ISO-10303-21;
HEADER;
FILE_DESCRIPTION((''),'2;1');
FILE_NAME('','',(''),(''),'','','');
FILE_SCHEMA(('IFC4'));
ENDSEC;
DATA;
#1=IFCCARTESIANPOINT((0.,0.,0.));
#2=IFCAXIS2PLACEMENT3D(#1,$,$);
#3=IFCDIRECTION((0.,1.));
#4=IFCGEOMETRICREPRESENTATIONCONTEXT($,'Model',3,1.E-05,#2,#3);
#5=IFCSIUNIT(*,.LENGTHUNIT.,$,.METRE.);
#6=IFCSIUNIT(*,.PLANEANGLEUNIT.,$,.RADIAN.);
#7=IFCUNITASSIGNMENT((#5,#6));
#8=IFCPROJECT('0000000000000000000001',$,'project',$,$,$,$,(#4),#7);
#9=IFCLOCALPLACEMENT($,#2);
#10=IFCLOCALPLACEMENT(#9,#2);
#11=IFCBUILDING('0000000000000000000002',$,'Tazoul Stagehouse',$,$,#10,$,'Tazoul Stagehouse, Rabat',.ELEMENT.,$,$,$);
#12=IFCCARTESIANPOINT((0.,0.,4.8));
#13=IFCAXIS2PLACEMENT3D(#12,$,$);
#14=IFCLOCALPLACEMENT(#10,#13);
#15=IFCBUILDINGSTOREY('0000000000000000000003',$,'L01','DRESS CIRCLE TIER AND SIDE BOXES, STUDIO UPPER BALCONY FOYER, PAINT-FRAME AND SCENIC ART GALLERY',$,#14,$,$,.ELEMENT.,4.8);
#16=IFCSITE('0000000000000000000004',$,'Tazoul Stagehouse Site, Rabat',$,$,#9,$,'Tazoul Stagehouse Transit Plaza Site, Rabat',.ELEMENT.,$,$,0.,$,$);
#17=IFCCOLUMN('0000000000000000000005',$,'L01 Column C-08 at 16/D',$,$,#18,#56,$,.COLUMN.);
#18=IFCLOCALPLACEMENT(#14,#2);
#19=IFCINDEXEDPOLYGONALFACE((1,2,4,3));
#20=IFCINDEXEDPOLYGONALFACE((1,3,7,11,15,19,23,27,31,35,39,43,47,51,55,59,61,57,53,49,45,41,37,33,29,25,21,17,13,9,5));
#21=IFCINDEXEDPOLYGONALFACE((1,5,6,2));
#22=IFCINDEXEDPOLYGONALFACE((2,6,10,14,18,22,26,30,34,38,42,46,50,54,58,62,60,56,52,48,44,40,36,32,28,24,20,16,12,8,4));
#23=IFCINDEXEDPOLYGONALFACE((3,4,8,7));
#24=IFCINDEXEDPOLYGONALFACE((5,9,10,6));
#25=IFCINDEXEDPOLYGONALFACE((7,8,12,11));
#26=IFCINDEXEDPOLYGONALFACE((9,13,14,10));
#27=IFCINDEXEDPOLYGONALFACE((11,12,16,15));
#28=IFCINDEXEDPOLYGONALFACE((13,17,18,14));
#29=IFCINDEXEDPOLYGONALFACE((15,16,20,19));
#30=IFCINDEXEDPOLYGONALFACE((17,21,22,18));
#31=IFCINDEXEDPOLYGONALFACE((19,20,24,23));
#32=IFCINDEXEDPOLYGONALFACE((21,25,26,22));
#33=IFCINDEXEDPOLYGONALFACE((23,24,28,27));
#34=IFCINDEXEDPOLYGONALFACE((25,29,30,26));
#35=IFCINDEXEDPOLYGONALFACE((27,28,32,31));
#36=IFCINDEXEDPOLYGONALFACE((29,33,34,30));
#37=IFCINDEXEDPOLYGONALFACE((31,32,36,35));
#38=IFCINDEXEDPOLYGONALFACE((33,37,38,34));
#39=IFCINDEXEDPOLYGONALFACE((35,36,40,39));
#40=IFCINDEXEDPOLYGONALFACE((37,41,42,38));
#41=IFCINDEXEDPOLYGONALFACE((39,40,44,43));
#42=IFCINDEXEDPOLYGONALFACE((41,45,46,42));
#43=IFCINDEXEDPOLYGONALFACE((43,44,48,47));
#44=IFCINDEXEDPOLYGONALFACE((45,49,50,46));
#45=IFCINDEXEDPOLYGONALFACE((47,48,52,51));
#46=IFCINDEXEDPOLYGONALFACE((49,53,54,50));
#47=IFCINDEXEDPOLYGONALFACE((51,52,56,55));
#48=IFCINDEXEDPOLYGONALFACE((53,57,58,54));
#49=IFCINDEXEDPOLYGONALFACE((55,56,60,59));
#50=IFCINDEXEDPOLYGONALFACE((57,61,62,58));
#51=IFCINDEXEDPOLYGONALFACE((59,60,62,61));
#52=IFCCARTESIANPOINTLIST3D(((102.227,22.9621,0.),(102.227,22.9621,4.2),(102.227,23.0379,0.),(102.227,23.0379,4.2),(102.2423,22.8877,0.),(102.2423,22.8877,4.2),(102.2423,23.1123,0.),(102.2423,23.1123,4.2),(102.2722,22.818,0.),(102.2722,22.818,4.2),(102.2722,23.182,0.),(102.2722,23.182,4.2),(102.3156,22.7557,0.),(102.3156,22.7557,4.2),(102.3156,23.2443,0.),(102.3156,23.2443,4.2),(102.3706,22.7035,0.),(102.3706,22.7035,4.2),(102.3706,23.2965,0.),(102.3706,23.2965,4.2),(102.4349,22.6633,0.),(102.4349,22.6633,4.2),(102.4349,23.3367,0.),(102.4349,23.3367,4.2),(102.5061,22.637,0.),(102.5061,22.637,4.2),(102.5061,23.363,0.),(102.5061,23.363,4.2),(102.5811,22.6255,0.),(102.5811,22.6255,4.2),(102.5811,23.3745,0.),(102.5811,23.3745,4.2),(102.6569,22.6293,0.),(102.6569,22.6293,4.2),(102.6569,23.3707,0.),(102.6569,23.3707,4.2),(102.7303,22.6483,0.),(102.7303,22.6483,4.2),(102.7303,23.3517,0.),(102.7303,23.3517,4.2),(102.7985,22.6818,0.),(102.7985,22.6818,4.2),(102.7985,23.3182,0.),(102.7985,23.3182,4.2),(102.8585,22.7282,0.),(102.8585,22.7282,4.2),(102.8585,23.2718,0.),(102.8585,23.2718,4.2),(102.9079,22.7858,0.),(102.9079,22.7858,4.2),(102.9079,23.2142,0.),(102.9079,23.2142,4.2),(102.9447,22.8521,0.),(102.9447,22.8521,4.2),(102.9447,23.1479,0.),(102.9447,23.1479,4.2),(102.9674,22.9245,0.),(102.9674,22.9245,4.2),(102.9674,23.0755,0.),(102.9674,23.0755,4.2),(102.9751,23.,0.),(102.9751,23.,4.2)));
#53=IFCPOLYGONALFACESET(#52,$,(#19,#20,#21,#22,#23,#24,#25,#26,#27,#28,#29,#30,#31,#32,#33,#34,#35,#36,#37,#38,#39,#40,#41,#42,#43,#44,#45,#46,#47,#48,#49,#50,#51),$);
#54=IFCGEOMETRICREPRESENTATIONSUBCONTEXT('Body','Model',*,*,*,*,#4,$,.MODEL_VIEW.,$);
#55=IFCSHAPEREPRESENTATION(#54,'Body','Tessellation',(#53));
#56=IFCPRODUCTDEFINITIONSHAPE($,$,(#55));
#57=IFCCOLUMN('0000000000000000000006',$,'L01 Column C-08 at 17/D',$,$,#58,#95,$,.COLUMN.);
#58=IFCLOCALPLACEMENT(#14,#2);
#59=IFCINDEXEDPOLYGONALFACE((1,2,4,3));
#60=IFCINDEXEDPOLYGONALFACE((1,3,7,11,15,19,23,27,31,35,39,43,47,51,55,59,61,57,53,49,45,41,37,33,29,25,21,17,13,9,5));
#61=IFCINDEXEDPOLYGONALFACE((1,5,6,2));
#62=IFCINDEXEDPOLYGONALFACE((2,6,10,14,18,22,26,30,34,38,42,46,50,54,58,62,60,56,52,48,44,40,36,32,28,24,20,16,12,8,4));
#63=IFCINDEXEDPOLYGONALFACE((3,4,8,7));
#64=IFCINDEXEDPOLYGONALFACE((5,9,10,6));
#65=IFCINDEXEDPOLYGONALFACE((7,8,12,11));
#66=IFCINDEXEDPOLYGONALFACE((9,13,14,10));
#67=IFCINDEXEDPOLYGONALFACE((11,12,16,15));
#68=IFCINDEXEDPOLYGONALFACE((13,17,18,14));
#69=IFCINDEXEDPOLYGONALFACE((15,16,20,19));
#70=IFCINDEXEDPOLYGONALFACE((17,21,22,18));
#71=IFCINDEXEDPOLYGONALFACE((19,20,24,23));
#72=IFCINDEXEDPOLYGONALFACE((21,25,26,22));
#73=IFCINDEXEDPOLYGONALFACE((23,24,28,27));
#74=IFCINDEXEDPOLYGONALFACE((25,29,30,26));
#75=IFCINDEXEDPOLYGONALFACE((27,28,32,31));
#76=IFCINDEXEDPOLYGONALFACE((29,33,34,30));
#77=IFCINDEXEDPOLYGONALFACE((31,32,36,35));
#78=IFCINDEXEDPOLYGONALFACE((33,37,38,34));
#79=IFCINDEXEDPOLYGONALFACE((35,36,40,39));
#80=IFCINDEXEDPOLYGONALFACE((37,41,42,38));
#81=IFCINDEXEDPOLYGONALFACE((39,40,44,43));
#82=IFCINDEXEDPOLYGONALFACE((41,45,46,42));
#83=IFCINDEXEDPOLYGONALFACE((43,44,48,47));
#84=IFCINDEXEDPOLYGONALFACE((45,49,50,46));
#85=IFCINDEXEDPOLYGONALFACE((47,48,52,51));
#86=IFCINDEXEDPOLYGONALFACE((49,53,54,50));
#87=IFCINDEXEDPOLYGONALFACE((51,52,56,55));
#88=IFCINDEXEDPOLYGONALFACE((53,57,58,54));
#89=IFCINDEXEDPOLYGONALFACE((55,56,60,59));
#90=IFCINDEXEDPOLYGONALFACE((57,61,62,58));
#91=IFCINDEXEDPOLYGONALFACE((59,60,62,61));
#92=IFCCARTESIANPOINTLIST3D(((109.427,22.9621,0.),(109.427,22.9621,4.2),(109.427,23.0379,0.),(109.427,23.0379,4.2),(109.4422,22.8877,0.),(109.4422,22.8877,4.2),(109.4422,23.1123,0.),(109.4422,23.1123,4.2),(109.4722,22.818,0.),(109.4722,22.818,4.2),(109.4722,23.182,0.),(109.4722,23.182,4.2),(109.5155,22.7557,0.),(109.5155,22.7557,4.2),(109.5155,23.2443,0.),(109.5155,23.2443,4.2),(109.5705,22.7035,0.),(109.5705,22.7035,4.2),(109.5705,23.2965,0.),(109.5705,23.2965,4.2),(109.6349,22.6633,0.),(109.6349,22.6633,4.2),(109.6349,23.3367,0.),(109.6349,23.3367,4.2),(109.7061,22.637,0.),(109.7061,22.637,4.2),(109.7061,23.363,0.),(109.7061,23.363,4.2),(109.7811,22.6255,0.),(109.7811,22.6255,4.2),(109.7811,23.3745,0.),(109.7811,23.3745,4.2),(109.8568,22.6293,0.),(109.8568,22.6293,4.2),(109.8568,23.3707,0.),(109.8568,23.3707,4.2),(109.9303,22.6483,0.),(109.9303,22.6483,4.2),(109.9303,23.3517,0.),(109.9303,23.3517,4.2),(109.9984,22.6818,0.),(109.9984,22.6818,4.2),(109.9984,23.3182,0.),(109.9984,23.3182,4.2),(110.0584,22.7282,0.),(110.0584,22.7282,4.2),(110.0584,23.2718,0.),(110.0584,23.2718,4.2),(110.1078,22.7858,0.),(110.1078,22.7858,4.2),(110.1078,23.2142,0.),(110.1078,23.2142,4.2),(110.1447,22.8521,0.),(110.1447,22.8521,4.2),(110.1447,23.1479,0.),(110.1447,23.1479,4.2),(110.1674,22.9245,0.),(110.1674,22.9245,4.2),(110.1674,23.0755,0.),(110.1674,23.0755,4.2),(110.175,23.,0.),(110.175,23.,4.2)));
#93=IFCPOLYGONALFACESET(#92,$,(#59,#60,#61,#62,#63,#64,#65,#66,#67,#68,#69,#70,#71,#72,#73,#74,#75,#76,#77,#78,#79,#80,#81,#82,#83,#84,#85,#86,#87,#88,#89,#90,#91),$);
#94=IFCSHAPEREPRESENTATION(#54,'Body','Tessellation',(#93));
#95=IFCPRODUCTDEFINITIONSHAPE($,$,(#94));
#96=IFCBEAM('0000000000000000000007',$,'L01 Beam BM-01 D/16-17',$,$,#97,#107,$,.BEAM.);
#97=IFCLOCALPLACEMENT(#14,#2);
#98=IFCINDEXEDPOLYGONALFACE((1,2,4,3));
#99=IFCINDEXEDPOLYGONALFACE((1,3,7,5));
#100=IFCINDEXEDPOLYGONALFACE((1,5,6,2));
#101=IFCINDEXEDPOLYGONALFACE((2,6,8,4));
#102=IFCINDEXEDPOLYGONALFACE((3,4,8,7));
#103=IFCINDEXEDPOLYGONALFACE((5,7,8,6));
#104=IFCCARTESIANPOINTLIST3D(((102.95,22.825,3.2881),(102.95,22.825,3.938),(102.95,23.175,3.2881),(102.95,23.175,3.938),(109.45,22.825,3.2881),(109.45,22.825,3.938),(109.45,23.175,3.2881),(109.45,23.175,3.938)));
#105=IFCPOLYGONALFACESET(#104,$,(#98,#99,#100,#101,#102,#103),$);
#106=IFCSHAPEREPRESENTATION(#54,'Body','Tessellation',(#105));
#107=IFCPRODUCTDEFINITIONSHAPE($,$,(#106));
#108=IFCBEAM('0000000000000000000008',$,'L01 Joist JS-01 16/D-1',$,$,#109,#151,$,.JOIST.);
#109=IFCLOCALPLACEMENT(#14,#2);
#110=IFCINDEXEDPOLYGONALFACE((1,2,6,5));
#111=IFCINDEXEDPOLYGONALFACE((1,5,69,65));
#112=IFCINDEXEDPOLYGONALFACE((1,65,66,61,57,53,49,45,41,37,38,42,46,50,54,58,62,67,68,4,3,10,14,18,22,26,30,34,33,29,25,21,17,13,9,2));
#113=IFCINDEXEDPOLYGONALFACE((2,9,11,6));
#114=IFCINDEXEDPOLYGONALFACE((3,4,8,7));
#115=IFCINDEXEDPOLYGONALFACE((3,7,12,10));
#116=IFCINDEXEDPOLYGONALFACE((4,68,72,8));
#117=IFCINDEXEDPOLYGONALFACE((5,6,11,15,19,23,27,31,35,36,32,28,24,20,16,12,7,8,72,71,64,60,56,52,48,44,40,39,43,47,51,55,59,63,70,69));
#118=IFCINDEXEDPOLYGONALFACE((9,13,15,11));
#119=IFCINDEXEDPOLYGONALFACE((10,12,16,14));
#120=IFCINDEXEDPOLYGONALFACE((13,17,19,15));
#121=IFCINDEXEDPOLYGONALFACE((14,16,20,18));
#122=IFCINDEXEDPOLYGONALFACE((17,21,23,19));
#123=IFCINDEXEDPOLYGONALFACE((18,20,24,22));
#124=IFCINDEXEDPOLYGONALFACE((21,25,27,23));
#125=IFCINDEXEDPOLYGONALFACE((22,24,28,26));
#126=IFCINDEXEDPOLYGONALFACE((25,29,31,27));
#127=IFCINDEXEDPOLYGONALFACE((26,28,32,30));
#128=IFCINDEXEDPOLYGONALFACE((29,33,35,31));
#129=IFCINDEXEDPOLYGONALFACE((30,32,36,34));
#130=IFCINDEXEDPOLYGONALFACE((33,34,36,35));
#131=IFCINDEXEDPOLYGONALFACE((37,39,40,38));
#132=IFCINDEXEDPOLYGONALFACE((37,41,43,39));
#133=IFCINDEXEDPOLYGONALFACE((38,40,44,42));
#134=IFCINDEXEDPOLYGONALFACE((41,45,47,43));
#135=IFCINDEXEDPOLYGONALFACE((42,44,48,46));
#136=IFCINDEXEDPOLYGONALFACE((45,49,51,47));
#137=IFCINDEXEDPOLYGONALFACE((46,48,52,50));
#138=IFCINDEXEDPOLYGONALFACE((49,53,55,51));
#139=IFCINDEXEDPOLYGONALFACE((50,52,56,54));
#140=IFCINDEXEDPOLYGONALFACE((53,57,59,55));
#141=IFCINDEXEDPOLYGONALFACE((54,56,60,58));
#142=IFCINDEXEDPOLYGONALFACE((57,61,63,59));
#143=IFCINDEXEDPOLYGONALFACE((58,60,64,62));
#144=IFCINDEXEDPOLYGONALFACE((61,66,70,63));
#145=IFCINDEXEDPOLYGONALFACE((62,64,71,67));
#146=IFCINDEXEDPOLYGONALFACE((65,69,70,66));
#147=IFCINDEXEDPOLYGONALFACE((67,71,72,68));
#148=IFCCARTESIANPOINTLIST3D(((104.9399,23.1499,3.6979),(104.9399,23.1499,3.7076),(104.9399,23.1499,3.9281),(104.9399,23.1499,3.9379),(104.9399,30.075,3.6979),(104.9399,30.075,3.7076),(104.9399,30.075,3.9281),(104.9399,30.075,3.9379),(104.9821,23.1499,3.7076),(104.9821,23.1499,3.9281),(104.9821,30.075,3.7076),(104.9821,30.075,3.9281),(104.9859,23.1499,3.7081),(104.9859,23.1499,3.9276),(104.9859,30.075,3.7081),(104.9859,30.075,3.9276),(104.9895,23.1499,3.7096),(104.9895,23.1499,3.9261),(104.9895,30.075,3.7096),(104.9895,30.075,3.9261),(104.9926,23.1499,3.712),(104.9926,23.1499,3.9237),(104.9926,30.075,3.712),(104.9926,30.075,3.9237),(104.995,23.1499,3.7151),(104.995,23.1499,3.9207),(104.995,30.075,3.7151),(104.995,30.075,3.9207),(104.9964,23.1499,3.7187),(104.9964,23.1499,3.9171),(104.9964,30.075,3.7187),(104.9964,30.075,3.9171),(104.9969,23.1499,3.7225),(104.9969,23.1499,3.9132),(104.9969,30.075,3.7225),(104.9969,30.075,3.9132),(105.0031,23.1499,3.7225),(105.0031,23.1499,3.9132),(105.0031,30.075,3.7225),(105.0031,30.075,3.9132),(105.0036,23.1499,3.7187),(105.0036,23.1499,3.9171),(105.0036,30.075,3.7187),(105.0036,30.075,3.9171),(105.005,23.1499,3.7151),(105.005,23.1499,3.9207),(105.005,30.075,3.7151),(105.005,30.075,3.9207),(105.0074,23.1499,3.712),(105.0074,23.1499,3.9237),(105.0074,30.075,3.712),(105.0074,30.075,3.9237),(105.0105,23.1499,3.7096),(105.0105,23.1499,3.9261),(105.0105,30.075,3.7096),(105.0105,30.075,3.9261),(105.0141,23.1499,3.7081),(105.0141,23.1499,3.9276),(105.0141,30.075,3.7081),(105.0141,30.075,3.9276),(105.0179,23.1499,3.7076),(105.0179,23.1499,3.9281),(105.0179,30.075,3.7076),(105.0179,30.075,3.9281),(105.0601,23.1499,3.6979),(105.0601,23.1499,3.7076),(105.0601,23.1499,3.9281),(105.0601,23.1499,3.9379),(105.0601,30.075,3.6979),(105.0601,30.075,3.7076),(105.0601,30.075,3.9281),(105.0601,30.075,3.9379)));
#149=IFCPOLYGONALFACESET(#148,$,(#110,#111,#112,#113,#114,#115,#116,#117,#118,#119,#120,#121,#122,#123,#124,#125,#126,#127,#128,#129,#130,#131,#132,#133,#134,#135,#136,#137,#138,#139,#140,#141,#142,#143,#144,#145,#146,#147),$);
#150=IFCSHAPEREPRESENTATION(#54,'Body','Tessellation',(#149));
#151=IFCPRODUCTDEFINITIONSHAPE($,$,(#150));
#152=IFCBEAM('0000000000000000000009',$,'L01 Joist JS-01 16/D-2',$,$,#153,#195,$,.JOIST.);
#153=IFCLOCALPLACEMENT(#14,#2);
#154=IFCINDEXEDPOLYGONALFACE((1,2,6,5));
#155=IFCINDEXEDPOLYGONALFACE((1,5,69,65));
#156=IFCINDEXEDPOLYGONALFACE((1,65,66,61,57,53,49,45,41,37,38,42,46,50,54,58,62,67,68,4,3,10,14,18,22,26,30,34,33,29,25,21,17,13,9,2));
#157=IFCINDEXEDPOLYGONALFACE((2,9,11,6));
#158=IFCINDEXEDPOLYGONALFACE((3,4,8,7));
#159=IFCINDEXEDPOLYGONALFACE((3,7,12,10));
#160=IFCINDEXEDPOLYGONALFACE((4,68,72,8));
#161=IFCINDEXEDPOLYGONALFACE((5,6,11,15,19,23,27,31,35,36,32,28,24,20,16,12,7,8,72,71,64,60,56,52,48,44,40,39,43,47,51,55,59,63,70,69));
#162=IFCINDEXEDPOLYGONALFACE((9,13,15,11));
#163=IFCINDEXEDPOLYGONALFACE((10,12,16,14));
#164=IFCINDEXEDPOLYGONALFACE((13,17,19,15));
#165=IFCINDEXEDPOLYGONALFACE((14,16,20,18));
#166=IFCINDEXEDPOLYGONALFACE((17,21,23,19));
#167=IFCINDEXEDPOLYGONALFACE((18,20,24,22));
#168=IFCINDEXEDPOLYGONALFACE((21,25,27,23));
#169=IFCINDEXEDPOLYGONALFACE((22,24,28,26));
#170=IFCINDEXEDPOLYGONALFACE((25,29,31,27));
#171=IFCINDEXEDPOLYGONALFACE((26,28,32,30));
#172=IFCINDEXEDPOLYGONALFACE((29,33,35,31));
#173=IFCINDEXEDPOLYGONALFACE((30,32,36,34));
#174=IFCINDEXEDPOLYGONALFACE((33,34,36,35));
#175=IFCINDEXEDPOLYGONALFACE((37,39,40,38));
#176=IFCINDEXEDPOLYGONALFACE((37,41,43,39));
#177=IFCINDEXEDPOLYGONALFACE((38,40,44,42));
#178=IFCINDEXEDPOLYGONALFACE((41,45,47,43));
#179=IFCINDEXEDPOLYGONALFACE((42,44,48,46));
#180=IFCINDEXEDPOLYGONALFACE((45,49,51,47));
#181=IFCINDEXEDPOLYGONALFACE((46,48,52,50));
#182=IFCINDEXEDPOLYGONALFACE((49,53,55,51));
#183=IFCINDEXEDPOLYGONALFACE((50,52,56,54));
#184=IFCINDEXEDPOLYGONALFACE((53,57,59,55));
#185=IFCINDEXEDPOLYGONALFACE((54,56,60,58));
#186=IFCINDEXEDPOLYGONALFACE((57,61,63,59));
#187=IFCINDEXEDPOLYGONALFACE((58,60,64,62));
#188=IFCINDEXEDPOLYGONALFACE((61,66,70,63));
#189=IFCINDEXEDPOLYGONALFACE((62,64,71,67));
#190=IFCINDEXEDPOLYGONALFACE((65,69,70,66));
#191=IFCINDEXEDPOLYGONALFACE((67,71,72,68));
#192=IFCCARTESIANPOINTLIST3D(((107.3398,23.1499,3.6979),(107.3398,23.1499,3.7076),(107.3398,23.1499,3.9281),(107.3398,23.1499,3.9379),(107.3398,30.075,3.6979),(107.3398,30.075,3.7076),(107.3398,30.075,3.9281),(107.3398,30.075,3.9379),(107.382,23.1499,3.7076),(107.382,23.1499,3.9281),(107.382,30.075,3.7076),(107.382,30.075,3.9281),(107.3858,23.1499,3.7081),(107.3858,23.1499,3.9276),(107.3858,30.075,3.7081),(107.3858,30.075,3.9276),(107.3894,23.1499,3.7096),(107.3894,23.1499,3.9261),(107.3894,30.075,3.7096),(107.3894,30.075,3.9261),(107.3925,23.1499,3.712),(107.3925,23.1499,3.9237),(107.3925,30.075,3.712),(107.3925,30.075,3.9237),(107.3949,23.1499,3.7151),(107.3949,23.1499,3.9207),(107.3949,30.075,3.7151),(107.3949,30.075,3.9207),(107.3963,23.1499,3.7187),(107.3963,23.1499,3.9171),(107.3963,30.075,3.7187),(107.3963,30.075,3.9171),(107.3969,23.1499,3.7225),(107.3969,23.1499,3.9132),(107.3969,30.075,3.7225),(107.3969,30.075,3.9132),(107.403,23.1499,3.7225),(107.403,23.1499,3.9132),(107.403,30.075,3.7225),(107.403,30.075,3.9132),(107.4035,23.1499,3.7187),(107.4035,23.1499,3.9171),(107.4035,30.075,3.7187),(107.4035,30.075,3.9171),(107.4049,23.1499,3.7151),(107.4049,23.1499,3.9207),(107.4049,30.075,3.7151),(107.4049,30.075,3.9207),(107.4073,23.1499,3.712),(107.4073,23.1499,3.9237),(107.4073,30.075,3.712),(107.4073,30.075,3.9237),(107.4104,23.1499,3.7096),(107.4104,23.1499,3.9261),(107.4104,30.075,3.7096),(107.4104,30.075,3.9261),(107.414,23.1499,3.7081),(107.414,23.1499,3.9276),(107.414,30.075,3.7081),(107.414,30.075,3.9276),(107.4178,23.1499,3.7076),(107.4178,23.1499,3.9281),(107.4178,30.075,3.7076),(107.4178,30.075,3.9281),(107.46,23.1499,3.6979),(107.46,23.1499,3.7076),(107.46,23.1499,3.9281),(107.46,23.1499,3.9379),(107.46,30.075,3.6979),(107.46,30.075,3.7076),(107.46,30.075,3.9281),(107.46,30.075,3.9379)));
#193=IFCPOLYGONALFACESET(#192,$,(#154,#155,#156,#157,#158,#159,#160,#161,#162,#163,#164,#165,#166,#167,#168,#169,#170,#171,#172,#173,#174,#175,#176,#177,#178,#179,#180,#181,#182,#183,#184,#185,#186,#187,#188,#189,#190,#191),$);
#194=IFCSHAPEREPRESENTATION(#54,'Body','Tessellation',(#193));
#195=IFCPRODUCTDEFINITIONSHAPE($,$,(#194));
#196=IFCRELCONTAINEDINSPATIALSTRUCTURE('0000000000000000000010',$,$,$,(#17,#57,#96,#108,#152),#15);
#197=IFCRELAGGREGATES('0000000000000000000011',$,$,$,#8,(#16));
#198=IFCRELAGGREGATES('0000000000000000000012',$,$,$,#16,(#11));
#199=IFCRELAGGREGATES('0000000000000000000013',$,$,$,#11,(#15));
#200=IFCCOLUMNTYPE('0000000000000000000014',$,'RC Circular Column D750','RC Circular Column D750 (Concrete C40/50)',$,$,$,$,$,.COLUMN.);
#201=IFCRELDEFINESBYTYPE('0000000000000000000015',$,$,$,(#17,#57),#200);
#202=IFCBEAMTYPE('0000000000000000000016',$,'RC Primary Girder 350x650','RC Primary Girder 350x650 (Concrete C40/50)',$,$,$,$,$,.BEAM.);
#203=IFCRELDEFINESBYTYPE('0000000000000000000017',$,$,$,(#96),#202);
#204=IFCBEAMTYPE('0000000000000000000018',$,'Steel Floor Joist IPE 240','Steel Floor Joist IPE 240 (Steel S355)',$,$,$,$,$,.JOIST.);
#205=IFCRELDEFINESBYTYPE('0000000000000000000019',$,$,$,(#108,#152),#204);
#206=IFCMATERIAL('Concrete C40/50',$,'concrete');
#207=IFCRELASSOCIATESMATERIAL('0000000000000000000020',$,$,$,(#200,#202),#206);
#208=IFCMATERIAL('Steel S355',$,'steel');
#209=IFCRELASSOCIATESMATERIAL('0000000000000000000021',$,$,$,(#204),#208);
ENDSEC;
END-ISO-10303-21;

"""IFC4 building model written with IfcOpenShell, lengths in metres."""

from ifc_helpers import new_model, si_unit, direction, frame, origin, origin_2d, place, context, subcontext, project, spatial, rectangle, circle, i_section, extrude, material, material_profile, profile_set, type_object, element, save


model = new_model("IFC4")

# Units and contexts
model_context = context("Model", 3, precision=1e-05, world=origin(), true_north=direction((0.0, 1.0)))
body_context = subcontext(model_context, "Body", "Model", "MODEL_VIEW")
ifc_project = project(units=[si_unit("LENGTHUNIT", "METRE"), si_unit("PLANEANGLEUNIT", "RADIAN")], contexts=[model_context])

# Site, building, storey
site_placement = place(None, origin())
site = spatial("IfcSite", under=ifc_project, at=site_placement, Name="Tazoul Stagehouse Site, Rabat", LongName="Tazoul Stagehouse Transit Plaza Site, Rabat", CompositionType="ELEMENT", RefElevation=0.0)
building_placement = place(site_placement, origin())
building = spatial("IfcBuilding", under=site, at=building_placement, Name="Tazoul Stagehouse", LongName="Tazoul Stagehouse, Rabat", CompositionType="ELEMENT")
storey_placement = place(building_placement, frame((0.0, 0.0, 4.8)))
storey = spatial("IfcBuildingStorey", under=building, at=storey_placement, Name="L01", Description="DRESS CIRCLE TIER AND SIDE BOXES, STUDIO UPPER BALCONY FOYER, PAINT-FRAME AND SCENIC ART GALLERY", CompositionType="ELEMENT", Elevation=4.8)

# Columns
ifc_material_1 = material(Name="Concrete C40/50", Category="concrete")
ifc_material_profile_1 = material_profile(ifc_material_1, circle(Radius=0.375, at=origin_2d()), Name="RC D750")
ifc_profile_set_1 = profile_set([ifc_material_profile_1], Name="Concrete C40/50")
column_type = type_object("IfcColumnType", Name="RC Circular Column D750", Description="RC Circular Column D750 (Concrete C40/50)", PredefinedType="COLUMN", material=ifc_profile_set_1)
for number, where, z_axis, x_axis, name in (
    (1, (102.6001, 23.0, 0.0), (0.0, 0.0, 1.0), (1.0, 0.0, 0.0), "L01 Column C-08 at 16/D"),
    (2, (109.8, 23.0, 0.0), (0.0, 0.0, 1.0), (1.0, 0.0, 0.0), "L01 Column C-08 at 17/D"),
):
    element("IfcColumn", number, at=place(storey_placement, frame(where, z_axis=z_axis, x_axis=x_axis)), inside=storey, type_object=column_type, Name=name, PredefinedType="COLUMN", context=body_context, shape_type="SweptSolid", body=[
        extrude(circle(Radius=0.375, at=origin_2d()), origin(), (0.0, 0.0, 1.0), 4.2),
    ])

# Beams
ifc_material_profile_2 = material_profile(ifc_material_1, rectangle(XDim=0.3501, YDim=0.6499, at=origin_2d()), Name="RC 350x650")
ifc_profile_set_2 = profile_set([ifc_material_profile_2], Name="Concrete C40/50")
beam_type_1 = type_object("IfcBeamType", Name="RC Primary Girder 350x650", Description="RC Primary Girder 350x650 (Concrete C40/50)", PredefinedType="BEAM", material=ifc_profile_set_2)
beam_1_placement = place(storey_placement, frame((102.95, 23.0, 3.613), z_axis=(1.0, 0.0, 0.0), x_axis=(0.0, 1.0, 0.0)))
element("IfcBeam", 3, at=beam_1_placement, inside=storey, type_object=beam_type_1, Name="L01 Beam BM-01 D/16-17", PredefinedType="BEAM", context=body_context, shape_type="SweptSolid", body=[
    extrude(rectangle(XDim=0.3501, YDim=0.6499, at=origin_2d()), origin(), (0.0, 0.0, 1.0), 6.5),
])
ifc_material_2 = material(Name="Steel S355", Category="steel")
ifc_material_profile_3 = material_profile(ifc_material_2, i_section(OverallWidth=0.1201, OverallDepth=0.24, WebThickness=0.0061, FlangeThickness=0.0098, FilletRadius=0.0149, at=origin_2d()), Name="IPE 240")
ifc_profile_set_3 = profile_set([ifc_material_profile_3], Name="Steel S355")
beam_type_2 = type_object("IfcBeamType", Name="Steel Floor Joist IPE 240", Description="Steel Floor Joist IPE 240 (Steel S355)", PredefinedType="JOIST", material=ifc_profile_set_3)
for number, where, z_axis, x_axis, name in (
    (4, (105.0, 23.1499, 3.8179), (0.0, 1.0, 0.0), (-1.0, 0.0, 0.0), "L01 Joist JS-01 16/D-1"),
    (5, (107.3999, 23.1499, 3.8179), (0.0, 1.0, 0.0), (-1.0, 0.0, 0.0), "L01 Joist JS-01 16/D-2"),
):
    element("IfcBeam", number, at=place(storey_placement, frame(where, z_axis=z_axis, x_axis=x_axis)), inside=storey, type_object=beam_type_2, Name=name, PredefinedType="JOIST", context=body_context, shape_type="SweptSolid", body=[
        extrude(i_section(OverallWidth=0.1201, OverallDepth=0.24, WebThickness=0.0061, FlangeThickness=0.0098, FilletRadius=0.0149, at=origin_2d()), origin(), (0.0, 0.0, 1.0), 6.925),
    ])

save(model, "model.ifc")
